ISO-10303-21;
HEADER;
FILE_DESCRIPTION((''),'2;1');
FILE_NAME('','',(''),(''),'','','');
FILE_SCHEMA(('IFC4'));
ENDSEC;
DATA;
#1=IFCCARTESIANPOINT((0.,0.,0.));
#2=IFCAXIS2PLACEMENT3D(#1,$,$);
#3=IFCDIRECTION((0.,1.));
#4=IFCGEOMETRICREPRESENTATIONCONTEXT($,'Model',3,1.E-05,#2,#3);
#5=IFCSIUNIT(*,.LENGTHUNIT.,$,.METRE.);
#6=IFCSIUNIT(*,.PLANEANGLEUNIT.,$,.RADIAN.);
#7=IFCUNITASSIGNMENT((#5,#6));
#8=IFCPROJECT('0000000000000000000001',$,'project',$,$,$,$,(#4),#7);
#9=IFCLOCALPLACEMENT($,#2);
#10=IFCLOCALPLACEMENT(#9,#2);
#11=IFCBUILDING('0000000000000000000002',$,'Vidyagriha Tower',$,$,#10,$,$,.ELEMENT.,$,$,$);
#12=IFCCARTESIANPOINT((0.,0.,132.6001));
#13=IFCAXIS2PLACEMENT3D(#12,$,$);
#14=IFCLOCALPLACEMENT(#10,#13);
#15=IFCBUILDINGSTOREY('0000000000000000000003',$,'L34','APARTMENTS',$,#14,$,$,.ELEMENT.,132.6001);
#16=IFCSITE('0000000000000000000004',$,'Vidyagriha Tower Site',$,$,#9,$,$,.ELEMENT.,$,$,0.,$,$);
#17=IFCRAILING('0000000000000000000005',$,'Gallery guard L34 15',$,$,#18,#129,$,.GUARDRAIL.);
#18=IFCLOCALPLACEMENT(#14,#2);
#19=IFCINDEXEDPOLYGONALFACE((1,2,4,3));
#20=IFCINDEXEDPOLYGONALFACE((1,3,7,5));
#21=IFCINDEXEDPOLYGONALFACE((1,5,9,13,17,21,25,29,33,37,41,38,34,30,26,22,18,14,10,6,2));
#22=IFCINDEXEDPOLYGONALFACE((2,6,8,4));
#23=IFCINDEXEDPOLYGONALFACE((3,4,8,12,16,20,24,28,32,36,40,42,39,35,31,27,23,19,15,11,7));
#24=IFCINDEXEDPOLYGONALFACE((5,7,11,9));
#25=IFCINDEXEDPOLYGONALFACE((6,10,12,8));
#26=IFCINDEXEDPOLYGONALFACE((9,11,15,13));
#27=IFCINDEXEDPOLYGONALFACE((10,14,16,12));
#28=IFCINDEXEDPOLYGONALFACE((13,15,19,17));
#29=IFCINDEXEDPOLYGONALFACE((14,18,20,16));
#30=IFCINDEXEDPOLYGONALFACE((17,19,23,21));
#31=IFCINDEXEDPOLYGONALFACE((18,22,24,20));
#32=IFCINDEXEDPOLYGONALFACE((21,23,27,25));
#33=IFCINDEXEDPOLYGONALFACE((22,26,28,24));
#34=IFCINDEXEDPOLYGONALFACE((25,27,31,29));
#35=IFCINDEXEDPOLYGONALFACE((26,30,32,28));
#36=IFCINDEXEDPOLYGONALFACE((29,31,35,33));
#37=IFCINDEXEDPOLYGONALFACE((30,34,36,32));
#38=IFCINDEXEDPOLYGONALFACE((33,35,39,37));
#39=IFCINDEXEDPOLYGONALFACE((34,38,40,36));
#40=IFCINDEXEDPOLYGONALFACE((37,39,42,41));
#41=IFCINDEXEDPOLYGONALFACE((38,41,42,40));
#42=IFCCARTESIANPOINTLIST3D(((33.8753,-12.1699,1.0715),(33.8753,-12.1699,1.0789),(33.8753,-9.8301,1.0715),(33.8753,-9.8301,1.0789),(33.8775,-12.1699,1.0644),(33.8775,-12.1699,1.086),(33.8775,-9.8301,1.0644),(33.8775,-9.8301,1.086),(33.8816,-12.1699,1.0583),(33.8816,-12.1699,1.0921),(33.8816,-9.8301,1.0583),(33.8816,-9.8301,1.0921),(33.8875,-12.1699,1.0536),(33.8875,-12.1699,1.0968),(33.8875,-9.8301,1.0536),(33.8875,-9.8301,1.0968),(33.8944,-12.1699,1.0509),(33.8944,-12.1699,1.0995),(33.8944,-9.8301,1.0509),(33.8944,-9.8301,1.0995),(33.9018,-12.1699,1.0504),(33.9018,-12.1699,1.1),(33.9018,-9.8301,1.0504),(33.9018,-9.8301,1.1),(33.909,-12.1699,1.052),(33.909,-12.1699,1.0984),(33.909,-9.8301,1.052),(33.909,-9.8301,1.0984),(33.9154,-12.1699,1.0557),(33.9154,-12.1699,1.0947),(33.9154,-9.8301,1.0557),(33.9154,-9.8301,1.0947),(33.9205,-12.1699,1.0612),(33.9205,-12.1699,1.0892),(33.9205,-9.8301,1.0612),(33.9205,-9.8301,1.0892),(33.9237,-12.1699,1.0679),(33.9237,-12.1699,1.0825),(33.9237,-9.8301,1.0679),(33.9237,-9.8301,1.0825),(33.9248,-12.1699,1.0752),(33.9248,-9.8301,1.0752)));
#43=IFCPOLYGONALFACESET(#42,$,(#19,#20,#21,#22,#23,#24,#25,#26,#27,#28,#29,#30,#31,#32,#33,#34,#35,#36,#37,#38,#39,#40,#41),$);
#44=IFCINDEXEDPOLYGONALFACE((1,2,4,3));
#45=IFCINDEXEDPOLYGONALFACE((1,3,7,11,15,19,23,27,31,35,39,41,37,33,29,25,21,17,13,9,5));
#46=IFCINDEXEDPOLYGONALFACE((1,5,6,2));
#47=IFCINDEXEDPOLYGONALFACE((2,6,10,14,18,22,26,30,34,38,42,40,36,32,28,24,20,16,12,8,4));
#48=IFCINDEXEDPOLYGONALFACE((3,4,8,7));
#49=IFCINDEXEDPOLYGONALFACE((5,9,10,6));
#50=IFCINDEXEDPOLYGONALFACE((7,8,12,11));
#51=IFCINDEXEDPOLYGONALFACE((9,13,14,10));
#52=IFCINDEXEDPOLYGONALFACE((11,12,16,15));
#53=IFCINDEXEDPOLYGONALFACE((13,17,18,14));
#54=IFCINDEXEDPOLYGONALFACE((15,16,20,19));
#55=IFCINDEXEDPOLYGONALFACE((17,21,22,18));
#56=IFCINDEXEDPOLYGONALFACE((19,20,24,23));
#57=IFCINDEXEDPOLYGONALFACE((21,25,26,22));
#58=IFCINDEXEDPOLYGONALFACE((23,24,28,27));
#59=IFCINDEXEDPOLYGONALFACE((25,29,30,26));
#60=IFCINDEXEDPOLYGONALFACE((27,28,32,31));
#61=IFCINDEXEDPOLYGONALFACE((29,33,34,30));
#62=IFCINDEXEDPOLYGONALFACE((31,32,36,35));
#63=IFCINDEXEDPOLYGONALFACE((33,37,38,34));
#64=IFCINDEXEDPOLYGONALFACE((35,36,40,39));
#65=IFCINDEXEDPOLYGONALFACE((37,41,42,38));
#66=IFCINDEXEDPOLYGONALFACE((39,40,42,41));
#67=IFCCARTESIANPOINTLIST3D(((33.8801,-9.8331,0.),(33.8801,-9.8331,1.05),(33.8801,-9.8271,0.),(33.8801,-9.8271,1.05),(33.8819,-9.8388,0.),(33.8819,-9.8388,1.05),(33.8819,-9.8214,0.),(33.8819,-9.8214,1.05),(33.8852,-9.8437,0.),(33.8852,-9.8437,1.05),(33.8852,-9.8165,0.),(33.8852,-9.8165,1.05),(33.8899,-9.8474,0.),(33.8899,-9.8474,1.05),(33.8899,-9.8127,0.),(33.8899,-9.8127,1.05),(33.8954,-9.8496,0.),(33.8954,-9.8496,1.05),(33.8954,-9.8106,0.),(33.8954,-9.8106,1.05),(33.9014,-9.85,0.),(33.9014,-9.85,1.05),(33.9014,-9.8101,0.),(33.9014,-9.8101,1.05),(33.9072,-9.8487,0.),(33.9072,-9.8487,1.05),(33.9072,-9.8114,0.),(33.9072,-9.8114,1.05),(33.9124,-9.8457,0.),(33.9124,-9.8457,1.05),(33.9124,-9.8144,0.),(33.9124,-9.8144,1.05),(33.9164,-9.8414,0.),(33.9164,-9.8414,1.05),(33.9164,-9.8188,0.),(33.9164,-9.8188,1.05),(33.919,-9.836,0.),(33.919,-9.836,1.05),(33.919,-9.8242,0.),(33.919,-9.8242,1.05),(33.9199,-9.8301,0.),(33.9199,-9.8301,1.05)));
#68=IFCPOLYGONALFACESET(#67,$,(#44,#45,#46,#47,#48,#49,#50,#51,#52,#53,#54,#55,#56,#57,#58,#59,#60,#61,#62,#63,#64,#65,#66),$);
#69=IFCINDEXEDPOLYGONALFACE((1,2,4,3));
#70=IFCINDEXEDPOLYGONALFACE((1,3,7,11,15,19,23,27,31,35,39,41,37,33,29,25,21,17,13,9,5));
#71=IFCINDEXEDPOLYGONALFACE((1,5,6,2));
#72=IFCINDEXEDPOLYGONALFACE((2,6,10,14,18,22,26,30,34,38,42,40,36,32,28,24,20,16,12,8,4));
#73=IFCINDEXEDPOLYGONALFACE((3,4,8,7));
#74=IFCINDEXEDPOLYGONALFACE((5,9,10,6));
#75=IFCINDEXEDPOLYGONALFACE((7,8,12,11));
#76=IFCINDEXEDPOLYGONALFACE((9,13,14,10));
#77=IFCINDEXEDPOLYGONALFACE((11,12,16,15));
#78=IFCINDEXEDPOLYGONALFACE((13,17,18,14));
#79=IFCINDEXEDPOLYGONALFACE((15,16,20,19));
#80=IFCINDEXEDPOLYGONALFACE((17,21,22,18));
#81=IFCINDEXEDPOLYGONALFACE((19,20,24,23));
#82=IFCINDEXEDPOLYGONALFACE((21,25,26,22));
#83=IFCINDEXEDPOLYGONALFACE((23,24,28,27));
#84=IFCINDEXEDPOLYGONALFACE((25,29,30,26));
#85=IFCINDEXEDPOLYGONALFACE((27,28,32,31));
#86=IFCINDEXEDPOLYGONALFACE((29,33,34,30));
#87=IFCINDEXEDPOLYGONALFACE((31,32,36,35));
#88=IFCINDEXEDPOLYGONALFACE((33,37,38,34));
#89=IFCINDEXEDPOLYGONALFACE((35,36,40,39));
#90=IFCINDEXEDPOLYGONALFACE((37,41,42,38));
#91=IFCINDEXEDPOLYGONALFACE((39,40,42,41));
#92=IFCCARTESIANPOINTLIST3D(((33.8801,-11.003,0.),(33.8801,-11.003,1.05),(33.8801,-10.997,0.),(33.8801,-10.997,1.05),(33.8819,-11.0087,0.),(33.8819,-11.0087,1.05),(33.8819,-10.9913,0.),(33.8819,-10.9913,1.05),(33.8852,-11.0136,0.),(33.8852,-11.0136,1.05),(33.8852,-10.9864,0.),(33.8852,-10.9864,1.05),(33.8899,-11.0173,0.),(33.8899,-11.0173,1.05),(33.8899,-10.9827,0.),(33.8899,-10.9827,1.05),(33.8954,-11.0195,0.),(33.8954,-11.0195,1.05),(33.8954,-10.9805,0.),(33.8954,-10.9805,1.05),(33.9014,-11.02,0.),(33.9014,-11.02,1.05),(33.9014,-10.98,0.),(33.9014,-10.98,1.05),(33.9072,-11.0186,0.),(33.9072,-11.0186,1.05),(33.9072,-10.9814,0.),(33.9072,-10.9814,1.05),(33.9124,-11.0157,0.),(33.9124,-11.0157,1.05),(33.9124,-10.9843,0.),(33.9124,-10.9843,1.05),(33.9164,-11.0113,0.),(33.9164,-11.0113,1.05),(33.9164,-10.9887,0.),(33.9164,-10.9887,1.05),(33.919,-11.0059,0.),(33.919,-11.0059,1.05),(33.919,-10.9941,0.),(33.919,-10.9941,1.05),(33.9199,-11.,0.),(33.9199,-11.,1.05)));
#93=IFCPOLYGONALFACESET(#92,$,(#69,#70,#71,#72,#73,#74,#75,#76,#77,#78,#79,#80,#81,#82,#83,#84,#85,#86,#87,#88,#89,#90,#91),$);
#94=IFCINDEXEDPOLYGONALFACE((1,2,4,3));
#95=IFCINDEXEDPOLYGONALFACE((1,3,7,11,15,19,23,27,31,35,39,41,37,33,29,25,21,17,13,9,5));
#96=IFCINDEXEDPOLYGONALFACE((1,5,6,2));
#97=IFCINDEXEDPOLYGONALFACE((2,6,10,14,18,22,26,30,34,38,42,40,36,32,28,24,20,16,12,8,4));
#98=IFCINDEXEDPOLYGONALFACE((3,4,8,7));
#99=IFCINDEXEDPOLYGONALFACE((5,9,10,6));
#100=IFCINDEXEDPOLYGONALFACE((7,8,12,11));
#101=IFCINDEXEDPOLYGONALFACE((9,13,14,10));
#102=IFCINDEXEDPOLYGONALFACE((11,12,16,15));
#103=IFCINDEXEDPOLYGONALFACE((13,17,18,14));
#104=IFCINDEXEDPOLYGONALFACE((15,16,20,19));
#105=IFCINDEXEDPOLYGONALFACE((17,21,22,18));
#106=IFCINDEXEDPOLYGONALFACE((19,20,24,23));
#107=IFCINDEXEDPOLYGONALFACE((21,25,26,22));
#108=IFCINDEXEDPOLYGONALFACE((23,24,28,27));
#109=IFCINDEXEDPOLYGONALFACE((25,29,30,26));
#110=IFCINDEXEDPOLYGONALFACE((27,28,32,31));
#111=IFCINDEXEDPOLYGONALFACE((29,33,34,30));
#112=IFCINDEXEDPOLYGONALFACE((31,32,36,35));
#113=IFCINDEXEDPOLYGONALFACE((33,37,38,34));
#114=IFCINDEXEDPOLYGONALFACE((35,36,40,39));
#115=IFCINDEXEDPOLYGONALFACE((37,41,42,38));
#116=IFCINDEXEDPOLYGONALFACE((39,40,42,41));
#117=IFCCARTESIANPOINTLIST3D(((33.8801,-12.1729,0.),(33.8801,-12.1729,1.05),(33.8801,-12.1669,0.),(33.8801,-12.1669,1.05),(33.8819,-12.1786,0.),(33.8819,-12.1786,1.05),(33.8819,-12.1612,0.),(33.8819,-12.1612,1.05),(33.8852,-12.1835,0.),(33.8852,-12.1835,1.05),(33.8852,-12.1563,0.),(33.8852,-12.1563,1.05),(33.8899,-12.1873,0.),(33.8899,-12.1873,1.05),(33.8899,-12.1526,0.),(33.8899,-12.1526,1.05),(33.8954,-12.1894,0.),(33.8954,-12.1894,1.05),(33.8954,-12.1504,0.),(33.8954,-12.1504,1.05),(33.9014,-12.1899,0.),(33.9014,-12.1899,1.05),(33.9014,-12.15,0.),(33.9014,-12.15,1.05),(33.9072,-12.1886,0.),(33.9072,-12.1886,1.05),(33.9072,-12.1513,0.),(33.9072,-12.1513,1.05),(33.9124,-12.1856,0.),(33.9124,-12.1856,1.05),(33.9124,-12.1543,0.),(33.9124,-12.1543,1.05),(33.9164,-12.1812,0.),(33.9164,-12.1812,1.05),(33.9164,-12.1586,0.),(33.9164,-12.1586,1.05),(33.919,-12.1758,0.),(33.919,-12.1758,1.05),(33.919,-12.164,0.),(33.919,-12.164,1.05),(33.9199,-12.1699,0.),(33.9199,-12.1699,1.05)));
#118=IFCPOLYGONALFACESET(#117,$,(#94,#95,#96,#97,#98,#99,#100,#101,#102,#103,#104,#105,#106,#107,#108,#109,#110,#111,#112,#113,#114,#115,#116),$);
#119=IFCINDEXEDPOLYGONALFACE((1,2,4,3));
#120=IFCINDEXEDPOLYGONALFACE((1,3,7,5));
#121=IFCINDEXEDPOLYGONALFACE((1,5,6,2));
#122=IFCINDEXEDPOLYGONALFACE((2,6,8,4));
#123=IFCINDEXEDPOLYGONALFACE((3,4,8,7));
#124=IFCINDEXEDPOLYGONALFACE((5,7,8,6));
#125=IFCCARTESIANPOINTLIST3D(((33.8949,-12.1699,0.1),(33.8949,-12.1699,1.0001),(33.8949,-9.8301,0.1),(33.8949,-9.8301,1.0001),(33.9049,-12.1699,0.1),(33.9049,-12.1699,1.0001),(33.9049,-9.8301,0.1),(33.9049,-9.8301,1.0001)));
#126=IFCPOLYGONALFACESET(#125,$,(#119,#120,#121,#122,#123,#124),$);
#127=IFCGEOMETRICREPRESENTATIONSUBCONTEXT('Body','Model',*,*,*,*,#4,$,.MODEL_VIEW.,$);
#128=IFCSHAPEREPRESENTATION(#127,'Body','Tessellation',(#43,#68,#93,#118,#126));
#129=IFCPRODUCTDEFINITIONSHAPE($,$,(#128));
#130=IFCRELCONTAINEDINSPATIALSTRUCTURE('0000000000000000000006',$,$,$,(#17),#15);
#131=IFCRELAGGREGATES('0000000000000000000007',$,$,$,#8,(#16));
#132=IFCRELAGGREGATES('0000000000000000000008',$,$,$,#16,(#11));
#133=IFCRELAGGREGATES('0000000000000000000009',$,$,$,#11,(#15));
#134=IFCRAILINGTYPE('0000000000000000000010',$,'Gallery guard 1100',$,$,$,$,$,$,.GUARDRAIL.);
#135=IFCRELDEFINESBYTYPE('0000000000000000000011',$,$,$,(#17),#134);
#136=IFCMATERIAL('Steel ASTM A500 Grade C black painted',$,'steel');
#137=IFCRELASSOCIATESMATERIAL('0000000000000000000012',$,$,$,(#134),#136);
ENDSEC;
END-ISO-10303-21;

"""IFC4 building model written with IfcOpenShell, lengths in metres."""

from ifc_helpers import new_model, si_unit, direction, frame, origin, origin_2d, place, context, subcontext, project, spatial, rectangle, circle, extrude, material, type_object, element, save


model = new_model("IFC4")

# Units and contexts
model_context = context("Model", 3, precision=1e-05, world=origin(), true_north=direction((0.0, 1.0)))
body_context = subcontext(model_context, "Body", "Model", "MODEL_VIEW")
ifc_project = project(units=[si_unit("LENGTHUNIT", "METRE"), si_unit("PLANEANGLEUNIT", "RADIAN")], contexts=[model_context])

# Site, building, storey
site_placement = place(None, origin())
site = spatial("IfcSite", under=ifc_project, at=site_placement, Name="Vidyagriha Tower Site", CompositionType="ELEMENT", RefElevation=0.0)
building_placement = place(site_placement, origin())
building = spatial("IfcBuilding", under=site, at=building_placement, Name="Vidyagriha Tower", CompositionType="ELEMENT")
storey_placement = place(building_placement, frame((0.0, 0.0, 132.6001)))
storey = spatial("IfcBuildingStorey", under=building, at=storey_placement, Name="L34", Description="APARTMENTS", CompositionType="ELEMENT", Elevation=132.6001)

# Railing
ifc_material_1 = material(Name="Steel ASTM A500 Grade C black painted", Category="steel")
railing_type_1 = type_object("IfcRailingType", Name="Gallery guard 1100", PredefinedType="GUARDRAIL", material=ifc_material_1)
railing_1_placement = place(storey_placement, frame((33.8999, -9.8301, 0.0)))
element("IfcRailing", 1, at=railing_1_placement, inside=storey, type_object=railing_type_1, Name="Gallery guard L34 15", PredefinedType="GUARDRAIL", context=body_context, shape_type="SweptSolid", body=[
    extrude(circle(Radius=0.0249, at=origin_2d()), frame((0.0, 0.0, 1.0752), z_axis=(0.0, -1.0, 0.0), x_axis=(1.0, 0.0, 0.0)), (0.0, 0.0, 1.0), 2.3398),
    extrude(circle(Radius=0.02, at=origin_2d()), origin(), (0.0, 0.0, 1.0), 1.05),
    extrude(circle(Radius=0.02, at=origin_2d()), frame((0.0, -1.1699, 0.0)), (0.0, 0.0, 1.0), 1.05),
    extrude(circle(Radius=0.02, at=origin_2d()), frame((0.0, -2.3398, 0.0)), (0.0, 0.0, 1.0), 1.05),
    extrude(rectangle(XDim=0.01, YDim=0.9001, at=origin_2d()), frame((0.0, 0.0, 0.55), z_axis=(0.0, -1.0, 0.0), x_axis=(1.0, 0.0, 0.0)), (0.0, 0.0, 1.0), 2.3398),
])

save(model, "model.ifc")
